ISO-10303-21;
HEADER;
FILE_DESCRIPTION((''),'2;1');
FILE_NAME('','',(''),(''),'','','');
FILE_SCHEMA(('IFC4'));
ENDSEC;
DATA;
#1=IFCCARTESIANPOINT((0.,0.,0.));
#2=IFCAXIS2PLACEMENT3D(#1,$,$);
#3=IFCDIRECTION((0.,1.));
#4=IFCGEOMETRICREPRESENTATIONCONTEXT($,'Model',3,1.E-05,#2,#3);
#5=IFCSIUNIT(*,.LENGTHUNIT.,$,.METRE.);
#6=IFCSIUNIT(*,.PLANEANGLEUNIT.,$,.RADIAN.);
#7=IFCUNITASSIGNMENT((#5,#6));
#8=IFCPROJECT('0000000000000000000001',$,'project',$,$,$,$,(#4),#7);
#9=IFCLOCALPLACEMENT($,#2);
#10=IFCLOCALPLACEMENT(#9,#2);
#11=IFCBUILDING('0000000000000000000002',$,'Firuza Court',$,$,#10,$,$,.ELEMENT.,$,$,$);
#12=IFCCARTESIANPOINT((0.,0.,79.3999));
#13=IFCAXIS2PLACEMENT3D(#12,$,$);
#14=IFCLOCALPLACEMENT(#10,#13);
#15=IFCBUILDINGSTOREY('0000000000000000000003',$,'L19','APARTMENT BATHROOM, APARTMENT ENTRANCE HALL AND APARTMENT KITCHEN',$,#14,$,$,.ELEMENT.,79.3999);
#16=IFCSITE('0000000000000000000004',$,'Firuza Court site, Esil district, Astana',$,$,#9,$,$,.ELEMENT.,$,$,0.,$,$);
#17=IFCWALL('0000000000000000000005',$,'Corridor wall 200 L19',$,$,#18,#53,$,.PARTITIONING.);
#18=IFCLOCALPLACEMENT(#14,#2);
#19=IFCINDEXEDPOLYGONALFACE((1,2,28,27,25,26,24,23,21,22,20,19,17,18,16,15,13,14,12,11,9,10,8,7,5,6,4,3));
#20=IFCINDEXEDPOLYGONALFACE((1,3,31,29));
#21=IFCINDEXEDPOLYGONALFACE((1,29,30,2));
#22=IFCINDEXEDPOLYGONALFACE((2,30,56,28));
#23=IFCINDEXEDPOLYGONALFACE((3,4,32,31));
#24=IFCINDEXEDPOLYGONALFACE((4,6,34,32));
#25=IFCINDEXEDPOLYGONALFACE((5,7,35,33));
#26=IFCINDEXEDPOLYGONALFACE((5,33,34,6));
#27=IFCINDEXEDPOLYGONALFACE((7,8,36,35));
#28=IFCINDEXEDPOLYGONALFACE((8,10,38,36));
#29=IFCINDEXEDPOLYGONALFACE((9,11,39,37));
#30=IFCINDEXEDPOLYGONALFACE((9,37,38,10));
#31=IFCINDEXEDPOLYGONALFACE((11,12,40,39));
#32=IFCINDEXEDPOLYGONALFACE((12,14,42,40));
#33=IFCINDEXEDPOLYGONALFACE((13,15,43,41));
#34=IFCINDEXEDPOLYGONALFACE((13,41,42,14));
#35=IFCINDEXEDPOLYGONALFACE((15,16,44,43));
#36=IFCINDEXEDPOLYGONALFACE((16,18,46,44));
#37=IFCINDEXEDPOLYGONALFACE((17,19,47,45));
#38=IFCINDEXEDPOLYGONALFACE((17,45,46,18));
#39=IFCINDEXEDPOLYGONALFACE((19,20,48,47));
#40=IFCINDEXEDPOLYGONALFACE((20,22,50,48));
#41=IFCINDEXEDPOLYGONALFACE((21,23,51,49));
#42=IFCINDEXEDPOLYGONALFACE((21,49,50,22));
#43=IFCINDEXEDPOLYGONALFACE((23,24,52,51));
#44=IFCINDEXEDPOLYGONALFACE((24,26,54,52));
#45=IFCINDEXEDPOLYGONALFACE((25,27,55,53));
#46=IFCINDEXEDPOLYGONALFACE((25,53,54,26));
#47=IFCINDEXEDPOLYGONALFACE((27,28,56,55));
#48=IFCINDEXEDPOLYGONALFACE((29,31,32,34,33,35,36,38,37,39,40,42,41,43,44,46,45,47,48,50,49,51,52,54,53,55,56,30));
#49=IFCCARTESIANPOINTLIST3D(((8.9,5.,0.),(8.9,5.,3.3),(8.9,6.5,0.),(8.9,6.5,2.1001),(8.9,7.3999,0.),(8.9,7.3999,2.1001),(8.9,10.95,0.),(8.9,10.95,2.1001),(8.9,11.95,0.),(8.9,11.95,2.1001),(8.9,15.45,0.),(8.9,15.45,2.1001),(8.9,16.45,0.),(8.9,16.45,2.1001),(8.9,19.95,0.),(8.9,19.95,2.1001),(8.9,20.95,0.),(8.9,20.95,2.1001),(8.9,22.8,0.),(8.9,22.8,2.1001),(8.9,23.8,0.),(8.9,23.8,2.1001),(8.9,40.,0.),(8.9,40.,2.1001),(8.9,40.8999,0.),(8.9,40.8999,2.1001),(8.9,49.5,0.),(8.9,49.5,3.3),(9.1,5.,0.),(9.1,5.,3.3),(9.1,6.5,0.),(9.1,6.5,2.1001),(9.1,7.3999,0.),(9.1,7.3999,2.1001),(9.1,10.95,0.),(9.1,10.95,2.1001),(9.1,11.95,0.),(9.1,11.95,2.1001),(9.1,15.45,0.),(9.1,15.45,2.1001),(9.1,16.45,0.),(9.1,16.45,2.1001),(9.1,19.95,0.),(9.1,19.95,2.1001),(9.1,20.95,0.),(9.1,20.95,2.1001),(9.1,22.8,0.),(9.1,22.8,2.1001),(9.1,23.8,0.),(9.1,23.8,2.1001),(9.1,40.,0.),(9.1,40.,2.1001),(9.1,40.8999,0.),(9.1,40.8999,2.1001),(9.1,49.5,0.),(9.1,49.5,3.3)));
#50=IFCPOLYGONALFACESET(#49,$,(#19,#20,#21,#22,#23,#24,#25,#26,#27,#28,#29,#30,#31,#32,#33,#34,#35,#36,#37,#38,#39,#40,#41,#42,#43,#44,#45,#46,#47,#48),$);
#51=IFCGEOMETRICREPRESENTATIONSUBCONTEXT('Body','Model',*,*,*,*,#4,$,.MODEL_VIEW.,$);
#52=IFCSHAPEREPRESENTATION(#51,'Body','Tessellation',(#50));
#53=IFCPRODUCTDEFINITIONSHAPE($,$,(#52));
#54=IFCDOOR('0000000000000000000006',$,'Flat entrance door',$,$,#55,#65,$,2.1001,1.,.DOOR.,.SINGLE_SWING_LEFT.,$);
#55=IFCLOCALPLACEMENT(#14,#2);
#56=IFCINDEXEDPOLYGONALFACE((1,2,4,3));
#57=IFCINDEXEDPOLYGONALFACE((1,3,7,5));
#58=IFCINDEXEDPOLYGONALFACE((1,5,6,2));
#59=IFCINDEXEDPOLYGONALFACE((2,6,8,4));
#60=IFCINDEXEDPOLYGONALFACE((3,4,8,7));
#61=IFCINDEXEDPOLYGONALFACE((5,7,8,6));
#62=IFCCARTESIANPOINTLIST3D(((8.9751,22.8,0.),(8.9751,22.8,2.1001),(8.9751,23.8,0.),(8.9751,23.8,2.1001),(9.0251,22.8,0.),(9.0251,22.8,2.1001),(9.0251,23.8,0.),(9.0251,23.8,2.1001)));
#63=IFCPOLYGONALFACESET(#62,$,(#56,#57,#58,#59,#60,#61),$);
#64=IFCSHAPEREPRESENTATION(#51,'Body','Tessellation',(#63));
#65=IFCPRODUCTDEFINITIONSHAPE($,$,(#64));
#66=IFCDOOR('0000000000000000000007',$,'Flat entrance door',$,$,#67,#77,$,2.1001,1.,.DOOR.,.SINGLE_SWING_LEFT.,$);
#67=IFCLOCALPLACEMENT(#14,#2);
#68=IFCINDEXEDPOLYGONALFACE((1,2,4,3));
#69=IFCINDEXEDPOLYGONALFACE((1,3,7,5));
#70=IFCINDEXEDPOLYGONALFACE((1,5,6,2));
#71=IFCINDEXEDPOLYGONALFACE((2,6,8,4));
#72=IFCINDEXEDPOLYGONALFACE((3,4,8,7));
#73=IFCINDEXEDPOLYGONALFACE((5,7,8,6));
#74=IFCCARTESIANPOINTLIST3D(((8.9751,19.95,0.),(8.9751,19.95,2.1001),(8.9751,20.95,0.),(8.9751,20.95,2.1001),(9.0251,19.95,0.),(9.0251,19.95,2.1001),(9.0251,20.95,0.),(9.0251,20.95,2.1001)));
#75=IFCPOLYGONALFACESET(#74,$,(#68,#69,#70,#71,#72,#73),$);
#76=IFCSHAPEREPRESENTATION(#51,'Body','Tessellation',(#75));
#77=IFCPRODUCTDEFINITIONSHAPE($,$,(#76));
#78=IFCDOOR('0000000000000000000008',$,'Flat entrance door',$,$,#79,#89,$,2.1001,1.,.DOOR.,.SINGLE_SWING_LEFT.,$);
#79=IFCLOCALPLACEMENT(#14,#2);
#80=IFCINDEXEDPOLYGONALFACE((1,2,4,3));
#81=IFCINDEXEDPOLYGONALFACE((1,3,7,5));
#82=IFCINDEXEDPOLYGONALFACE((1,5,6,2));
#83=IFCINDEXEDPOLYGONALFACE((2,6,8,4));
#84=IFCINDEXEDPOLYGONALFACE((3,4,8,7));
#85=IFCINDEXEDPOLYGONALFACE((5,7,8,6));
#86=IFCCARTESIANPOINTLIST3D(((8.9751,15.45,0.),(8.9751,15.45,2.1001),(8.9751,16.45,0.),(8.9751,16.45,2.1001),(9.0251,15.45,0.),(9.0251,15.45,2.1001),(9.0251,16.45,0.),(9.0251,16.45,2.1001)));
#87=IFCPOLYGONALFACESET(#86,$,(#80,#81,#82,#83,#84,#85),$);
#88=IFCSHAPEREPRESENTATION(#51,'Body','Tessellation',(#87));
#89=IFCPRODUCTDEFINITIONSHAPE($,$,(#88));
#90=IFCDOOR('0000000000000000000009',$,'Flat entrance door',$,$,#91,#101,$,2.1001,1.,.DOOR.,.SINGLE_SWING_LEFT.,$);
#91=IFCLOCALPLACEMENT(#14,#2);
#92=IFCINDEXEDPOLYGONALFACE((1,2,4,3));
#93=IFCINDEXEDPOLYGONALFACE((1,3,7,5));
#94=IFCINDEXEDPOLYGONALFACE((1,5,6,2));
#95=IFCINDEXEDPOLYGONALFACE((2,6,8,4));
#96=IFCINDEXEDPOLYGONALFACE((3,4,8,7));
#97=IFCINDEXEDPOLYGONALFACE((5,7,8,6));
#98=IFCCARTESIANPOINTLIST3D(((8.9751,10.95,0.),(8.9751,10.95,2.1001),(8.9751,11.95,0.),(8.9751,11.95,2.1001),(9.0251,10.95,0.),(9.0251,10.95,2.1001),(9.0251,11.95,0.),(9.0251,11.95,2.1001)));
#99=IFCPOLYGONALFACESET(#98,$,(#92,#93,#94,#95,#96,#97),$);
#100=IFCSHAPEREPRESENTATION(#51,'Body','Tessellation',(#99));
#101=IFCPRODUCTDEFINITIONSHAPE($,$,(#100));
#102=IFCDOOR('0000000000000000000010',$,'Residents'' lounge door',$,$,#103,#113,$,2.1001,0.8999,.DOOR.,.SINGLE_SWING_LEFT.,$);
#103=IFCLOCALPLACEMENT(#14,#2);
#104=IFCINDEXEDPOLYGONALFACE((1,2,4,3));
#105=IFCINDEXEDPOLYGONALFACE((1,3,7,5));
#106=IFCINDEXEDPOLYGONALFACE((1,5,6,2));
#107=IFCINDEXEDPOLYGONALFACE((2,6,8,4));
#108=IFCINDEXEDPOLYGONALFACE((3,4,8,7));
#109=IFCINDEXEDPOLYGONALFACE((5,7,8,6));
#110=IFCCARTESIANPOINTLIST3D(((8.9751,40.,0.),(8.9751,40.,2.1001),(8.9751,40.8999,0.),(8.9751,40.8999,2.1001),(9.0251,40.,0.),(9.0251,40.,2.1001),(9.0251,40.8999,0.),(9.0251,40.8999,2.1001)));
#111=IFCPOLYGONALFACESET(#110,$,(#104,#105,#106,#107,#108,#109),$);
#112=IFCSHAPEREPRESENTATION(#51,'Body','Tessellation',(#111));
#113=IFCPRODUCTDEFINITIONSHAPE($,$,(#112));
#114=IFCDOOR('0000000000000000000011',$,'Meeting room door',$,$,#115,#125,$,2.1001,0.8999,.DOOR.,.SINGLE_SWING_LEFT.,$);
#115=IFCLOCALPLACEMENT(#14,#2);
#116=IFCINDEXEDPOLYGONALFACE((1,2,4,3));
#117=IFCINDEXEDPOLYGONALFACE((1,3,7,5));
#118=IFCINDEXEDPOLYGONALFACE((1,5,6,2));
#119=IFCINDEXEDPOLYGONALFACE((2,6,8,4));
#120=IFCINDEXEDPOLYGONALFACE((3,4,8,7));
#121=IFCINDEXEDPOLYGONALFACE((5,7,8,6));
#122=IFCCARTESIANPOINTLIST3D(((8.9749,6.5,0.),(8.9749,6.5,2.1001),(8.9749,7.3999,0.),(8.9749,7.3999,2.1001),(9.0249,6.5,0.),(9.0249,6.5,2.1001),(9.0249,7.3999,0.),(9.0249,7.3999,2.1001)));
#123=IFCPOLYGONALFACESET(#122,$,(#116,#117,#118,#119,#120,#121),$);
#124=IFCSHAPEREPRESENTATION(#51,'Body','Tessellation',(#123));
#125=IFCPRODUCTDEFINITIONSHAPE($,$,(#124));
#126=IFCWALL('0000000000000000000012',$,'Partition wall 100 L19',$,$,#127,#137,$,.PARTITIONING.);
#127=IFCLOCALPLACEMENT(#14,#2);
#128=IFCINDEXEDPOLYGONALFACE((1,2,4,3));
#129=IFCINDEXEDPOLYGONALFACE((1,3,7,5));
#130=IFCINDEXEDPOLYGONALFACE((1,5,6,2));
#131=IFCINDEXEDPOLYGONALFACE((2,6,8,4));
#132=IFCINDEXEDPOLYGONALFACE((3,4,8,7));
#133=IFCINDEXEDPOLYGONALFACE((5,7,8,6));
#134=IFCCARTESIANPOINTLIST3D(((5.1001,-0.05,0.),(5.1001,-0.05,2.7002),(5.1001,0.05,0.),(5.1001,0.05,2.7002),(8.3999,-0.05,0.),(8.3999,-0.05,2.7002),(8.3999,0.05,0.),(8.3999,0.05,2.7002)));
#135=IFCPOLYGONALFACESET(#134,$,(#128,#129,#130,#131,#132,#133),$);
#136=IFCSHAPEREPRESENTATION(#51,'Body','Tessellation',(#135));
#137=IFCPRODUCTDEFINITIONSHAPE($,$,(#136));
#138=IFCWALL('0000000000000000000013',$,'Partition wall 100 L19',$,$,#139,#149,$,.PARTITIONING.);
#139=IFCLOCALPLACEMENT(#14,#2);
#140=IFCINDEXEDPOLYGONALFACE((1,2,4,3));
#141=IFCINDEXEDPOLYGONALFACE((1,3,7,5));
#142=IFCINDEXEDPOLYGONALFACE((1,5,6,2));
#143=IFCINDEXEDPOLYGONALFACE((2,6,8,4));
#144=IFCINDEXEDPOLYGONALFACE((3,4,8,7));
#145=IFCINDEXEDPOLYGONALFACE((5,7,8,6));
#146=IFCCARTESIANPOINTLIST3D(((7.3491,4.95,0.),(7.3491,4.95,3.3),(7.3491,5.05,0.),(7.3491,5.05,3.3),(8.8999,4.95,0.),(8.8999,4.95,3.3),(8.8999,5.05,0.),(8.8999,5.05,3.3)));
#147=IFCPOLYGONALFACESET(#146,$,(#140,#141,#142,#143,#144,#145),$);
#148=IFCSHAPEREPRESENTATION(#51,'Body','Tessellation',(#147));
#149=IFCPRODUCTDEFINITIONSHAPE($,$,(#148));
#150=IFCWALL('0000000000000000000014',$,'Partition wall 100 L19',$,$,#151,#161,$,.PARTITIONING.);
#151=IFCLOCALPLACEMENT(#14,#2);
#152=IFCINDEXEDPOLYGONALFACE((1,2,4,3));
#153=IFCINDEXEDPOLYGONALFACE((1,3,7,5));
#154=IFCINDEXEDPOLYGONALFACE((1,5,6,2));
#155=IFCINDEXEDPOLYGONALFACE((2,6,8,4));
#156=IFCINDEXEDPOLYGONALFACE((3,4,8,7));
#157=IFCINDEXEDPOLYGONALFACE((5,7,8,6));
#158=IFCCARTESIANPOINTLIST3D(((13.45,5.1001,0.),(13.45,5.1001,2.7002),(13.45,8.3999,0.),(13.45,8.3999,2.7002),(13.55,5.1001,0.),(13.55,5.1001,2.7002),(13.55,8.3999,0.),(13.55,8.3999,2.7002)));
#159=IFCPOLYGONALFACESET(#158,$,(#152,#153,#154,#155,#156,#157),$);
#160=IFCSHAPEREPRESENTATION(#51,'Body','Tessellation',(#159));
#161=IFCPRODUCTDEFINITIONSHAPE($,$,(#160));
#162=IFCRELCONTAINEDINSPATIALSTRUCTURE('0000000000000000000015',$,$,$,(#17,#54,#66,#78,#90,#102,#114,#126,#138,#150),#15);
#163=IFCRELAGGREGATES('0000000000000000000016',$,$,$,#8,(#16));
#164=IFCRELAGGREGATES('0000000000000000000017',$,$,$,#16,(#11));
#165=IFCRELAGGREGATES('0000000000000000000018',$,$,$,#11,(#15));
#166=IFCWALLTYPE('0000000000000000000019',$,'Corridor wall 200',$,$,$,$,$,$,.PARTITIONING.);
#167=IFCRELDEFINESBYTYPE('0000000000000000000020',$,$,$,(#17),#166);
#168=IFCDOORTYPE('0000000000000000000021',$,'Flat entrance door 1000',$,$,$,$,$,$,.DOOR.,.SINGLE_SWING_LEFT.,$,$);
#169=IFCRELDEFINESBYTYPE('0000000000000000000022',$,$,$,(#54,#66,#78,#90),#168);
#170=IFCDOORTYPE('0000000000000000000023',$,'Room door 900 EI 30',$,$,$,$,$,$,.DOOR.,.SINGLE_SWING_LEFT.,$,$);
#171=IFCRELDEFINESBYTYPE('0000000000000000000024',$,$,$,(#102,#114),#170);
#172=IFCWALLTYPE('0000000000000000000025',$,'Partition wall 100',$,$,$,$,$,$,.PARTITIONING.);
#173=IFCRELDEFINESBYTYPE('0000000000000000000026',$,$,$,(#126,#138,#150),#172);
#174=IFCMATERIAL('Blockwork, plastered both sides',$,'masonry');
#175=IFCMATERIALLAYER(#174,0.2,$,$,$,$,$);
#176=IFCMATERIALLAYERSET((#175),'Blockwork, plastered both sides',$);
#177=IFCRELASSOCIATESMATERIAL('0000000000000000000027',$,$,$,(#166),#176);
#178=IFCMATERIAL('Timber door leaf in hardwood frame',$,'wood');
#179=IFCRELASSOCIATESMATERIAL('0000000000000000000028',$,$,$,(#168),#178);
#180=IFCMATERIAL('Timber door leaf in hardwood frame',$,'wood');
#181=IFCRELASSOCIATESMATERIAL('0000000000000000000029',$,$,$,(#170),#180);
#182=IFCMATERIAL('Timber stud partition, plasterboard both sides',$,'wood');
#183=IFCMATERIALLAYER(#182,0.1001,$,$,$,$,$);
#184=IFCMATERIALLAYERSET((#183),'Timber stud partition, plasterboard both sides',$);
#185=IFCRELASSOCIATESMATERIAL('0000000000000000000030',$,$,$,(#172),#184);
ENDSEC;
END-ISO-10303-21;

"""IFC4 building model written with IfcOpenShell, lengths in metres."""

from ifc_helpers import new_model, si_unit, direction, frame, frame_2d, origin, place, context, subcontext, project, spatial, rectangle, extrude, material, layer, layer_set, type_object, element, fill, save


model = new_model("IFC4")

# Units and contexts
model_context = context("Model", 3, precision=1e-05, world=origin(), true_north=direction((0.0, 1.0)))
body_context = subcontext(model_context, "Body", "Model", "MODEL_VIEW")
ifc_project = project(units=[si_unit("LENGTHUNIT", "METRE"), si_unit("PLANEANGLEUNIT", "RADIAN")], contexts=[model_context])

# Site, building, storey
site_placement = place(None, origin())
site = spatial("IfcSite", under=ifc_project, at=site_placement, Name="Firuza Court site, Esil district, Astana", CompositionType="ELEMENT", RefElevation=0.0)
building_placement = place(site_placement, origin())
building = spatial("IfcBuilding", under=site, at=building_placement, Name="Firuza Court", CompositionType="ELEMENT")
storey_placement = place(building_placement, frame((0.0, 0.0, 79.3999)))
storey = spatial("IfcBuildingStorey", under=building, at=storey_placement, Name="L19", Description="APARTMENT BATHROOM, APARTMENT ENTRANCE HALL AND APARTMENT KITCHEN", CompositionType="ELEMENT", Elevation=79.3999)

# Wall, openings, doors
ifc_material_1 = material(Name="Blockwork, plastered both sides", Category="masonry")
ifc_layer_1 = layer(ifc_material_1, 0.2)
ifc_layer_set_1 = layer_set([ifc_layer_1], Name="Blockwork, plastered both sides")
wall_type_1 = type_object("IfcWallType", Name="Corridor wall 200", PredefinedType="PARTITIONING", material=ifc_layer_set_1)
wall_1_placement = place(storey_placement, frame((9.0, 5.0, 0.0), z_axis=(0.0, 0.0, 1.0), x_axis=(0.0, 1.0, 0.0)))
wall_1 = element("IfcWall", 1, at=wall_1_placement, inside=storey, type_object=wall_type_1, Name="Corridor wall 200 L19", PredefinedType="PARTITIONING", context=body_context, shape_type="SweptSolid", body=[
    extrude(rectangle(XDim=44.5, YDim=0.2, at=frame_2d((22.25, 0.0))), origin(), (0.0, 0.0, 1.0), 3.3),
])
opening_1_placement = place(wall_1_placement, frame((17.8, 0.0, 0.0)))
opening_1 = element("IfcOpeningElement", 2, at=opening_1_placement, cuts=wall_1, PredefinedType="OPENING", context=body_context, shape_type="SweptSolid", body=[
    extrude(rectangle(XDim=1.0, YDim=2.1001, at=frame_2d((0.5, 1.05))), frame((0.0, 0.1118, 0.0), z_axis=(0.0, -1.0, 0.0), x_axis=(1.0, 0.0, 0.0)), (0.0, 0.0, 1.0), 0.2239),
])
opening_2_placement = place(wall_1_placement, frame((14.95, 0.0, 0.0)))
opening_2 = element("IfcOpeningElement", 3, at=opening_2_placement, cuts=wall_1, PredefinedType="OPENING", context=body_context, shape_type="SweptSolid", body=[
    extrude(rectangle(XDim=1.0, YDim=2.1001, at=frame_2d((0.5, 1.05))), frame((0.0, 0.1118, 0.0), z_axis=(0.0, -1.0, 0.0), x_axis=(1.0, 0.0, 0.0)), (0.0, 0.0, 1.0), 0.2239),
])
opening_3_placement = place(wall_1_placement, frame((10.45, 0.0, 0.0)))
opening_3 = element("IfcOpeningElement", 4, at=opening_3_placement, cuts=wall_1, PredefinedType="OPENING", context=body_context, shape_type="SweptSolid", body=[
    extrude(rectangle(XDim=1.0, YDim=2.1001, at=frame_2d((0.5, 1.05))), frame((0.0, 0.1118, 0.0), z_axis=(0.0, -1.0, 0.0), x_axis=(1.0, 0.0, 0.0)), (0.0, 0.0, 1.0), 0.2239),
])
opening_4_placement = place(wall_1_placement, frame((5.95, 0.0, 0.0)))
opening_4 = element("IfcOpeningElement", 5, at=opening_4_placement, cuts=wall_1, PredefinedType="OPENING", context=body_context, shape_type="SweptSolid", body=[
    extrude(rectangle(XDim=1.0, YDim=2.1001, at=frame_2d((0.5, 1.05))), frame((0.0, 0.1118, 0.0), z_axis=(0.0, -1.0, 0.0), x_axis=(1.0, 0.0, 0.0)), (0.0, 0.0, 1.0), 0.2239),
])
opening_5_placement = place(wall_1_placement, frame((35.0, 0.0, 0.0)))
opening_5 = element("IfcOpeningElement", 6, at=opening_5_placement, cuts=wall_1, PredefinedType="OPENING", context=body_context, shape_type="SweptSolid", body=[
    extrude(rectangle(XDim=0.8999, YDim=2.1001, at=frame_2d((0.45, 1.05))), frame((0.0, 0.1118, 0.0), z_axis=(0.0, -1.0, 0.0), x_axis=(1.0, 0.0, 0.0)), (0.0, 0.0, 1.0), 0.2239),
])
opening_6_placement = place(wall_1_placement, frame((1.5, 0.0, 0.0)))
opening_6 = element("IfcOpeningElement", 7, at=opening_6_placement, cuts=wall_1, PredefinedType="OPENING", context=body_context, shape_type="SweptSolid", body=[
    extrude(rectangle(XDim=0.8999, YDim=2.1001, at=frame_2d((0.45, 1.05))), frame((0.0, 0.1118, 0.0), z_axis=(0.0, -1.0, 0.0), x_axis=(1.0, 0.0, 0.0)), (0.0, 0.0, 1.0), 0.2239),
])
ifc_material_2 = material(Name="Timber door leaf in hardwood frame", Category="wood")
door_type_1 = type_object("IfcDoorType", Name="Flat entrance door 1000", OperationType="SINGLE_SWING_LEFT", PredefinedType="DOOR", material=ifc_material_2)
door_1_placement = place(opening_1_placement, origin())
door_1 = element("IfcDoor", 8, at=door_1_placement, inside=storey, type_object=door_type_1, Name="Flat entrance door", OperationType="SINGLE_SWING_LEFT", OverallHeight=2.1001, OverallWidth=1.0, PredefinedType="DOOR", context=body_context, shape_type="SweptSolid", body=[
    extrude(rectangle(XDim=1.0, YDim=2.1001, at=frame_2d((0.5, 1.05))), frame((0.0, 0.0249, 0.0), z_axis=(0.0, -1.0, 0.0), x_axis=(1.0, 0.0, 0.0)), (0.0, 0.0, 1.0), 0.05),
])
fill(opening_1, door_1)
door_2_placement = place(opening_2_placement, origin())
door_2 = element("IfcDoor", 9, at=door_2_placement, inside=storey, type_object=door_type_1, Name="Flat entrance door", OperationType="SINGLE_SWING_LEFT", OverallHeight=2.1001, OverallWidth=1.0, PredefinedType="DOOR", context=body_context, shape_type="SweptSolid", body=[
    extrude(rectangle(XDim=1.0, YDim=2.1001, at=frame_2d((0.5, 1.05))), frame((0.0, 0.0249, 0.0), z_axis=(0.0, -1.0, 0.0), x_axis=(1.0, 0.0, 0.0)), (0.0, 0.0, 1.0), 0.05),
])
fill(opening_2, door_2)
door_3_placement = place(opening_3_placement, origin())
door_3 = element("IfcDoor", 10, at=door_3_placement, inside=storey, type_object=door_type_1, Name="Flat entrance door", OperationType="SINGLE_SWING_LEFT", OverallHeight=2.1001, OverallWidth=1.0, PredefinedType="DOOR", context=body_context, shape_type="SweptSolid", body=[
    extrude(rectangle(XDim=1.0, YDim=2.1001, at=frame_2d((0.5, 1.05))), frame((0.0, 0.0249, 0.0), z_axis=(0.0, -1.0, 0.0), x_axis=(1.0, 0.0, 0.0)), (0.0, 0.0, 1.0), 0.05),
])
fill(opening_3, door_3)
door_4_placement = place(opening_4_placement, origin())
door_4 = element("IfcDoor", 11, at=door_4_placement, inside=storey, type_object=door_type_1, Name="Flat entrance door", OperationType="SINGLE_SWING_LEFT", OverallHeight=2.1001, OverallWidth=1.0, PredefinedType="DOOR", context=body_context, shape_type="SweptSolid", body=[
    extrude(rectangle(XDim=1.0, YDim=2.1001, at=frame_2d((0.5, 1.05))), frame((0.0, 0.0249, 0.0), z_axis=(0.0, -1.0, 0.0), x_axis=(1.0, 0.0, 0.0)), (0.0, 0.0, 1.0), 0.05),
])
fill(opening_4, door_4)
ifc_material_3 = material(Name="Timber door leaf in hardwood frame", Category="wood")
door_type_2 = type_object("IfcDoorType", Name="Room door 900 EI 30", OperationType="SINGLE_SWING_LEFT", PredefinedType="DOOR", material=ifc_material_3)
door_5_placement = place(opening_5_placement, origin())
door_5 = element("IfcDoor", 12, at=door_5_placement, inside=storey, type_object=door_type_2, Name="Residents' lounge door", OperationType="SINGLE_SWING_LEFT", OverallHeight=2.1001, OverallWidth=0.8999, PredefinedType="DOOR", context=body_context, shape_type="SweptSolid", body=[
    extrude(rectangle(XDim=0.8999, YDim=2.1001, at=frame_2d((0.45, 1.05))), frame((0.0, 0.0249, 0.0), z_axis=(0.0, -1.0, 0.0), x_axis=(1.0, 0.0, 0.0)), (0.0, 0.0, 1.0), 0.05),
])
fill(opening_5, door_5)
door_6_placement = place(opening_6_placement, frame((0.8999, 0.0, 0.0), z_axis=(0.0, 0.0, 1.0), x_axis=(-1.0, 0.0, 0.0)))
door_6 = element("IfcDoor", 13, at=door_6_placement, inside=storey, type_object=door_type_2, Name="Meeting room door", OperationType="SINGLE_SWING_LEFT", OverallHeight=2.1001, OverallWidth=0.8999, PredefinedType="DOOR", context=body_context, shape_type="SweptSolid", body=[
    extrude(rectangle(XDim=0.8999, YDim=2.1001, at=frame_2d((0.45, 1.05))), frame((0.0, 0.0249, 0.0), z_axis=(0.0, -1.0, 0.0), x_axis=(1.0, 0.0, 0.0)), (0.0, 0.0, 1.0), 0.05),
])
fill(opening_6, door_6)

# Walls
ifc_material_4 = material(Name="Timber stud partition, plasterboard both sides", Category="wood")
ifc_layer_2 = layer(ifc_material_4, 0.1001)
ifc_layer_set_2 = layer_set([ifc_layer_2], Name="Timber stud partition, plasterboard both sides")
wall_type_2 = type_object("IfcWallType", Name="Partition wall 100", PredefinedType="PARTITIONING", material=ifc_layer_set_2)
wall_2_placement = place(storey_placement, frame((5.1001, 0.0, 0.0), z_axis=(0.0, 0.0, 1.0), x_axis=(1.0, 0.0, 0.0)))
element("IfcWall", 14, at=wall_2_placement, inside=storey, type_object=wall_type_2, Name="Partition wall 100 L19", PredefinedType="PARTITIONING", context=body_context, shape_type="SweptSolid", body=[
    extrude(rectangle(XDim=3.2998, YDim=0.1001, at=frame_2d((1.6499, 0.0))), origin(), (0.0, 0.0, 1.0), 2.7002),
])
wall_3_placement = place(storey_placement, frame((7.3491, 5.0, 0.0), z_axis=(0.0, 0.0, 1.0), x_axis=(1.0, 0.0, 0.0)))
element("IfcWall", 15, at=wall_3_placement, inside=storey, type_object=wall_type_2, Name="Partition wall 100 L19", PredefinedType="PARTITIONING", context=body_context, shape_type="SweptSolid", body=[
    extrude(rectangle(XDim=1.5508, YDim=0.1001, at=frame_2d((0.7754, 0.0))), origin(), (0.0, 0.0, 1.0), 3.3),
])
wall_4_placement = place(storey_placement, frame((13.5, 5.1001, 0.0), z_axis=(0.0, 0.0, 1.0), x_axis=(0.0, 1.0, 0.0)))
element("IfcWall", 16, at=wall_4_placement, inside=storey, type_object=wall_type_2, Name="Partition wall 100 L19", PredefinedType="PARTITIONING", context=body_context, shape_type="SweptSolid", body=[
    extrude(rectangle(XDim=3.2998, YDim=0.1001, at=frame_2d((1.6499, 0.0))), origin(), (0.0, 0.0, 1.0), 2.7002),
])

save(model, "model.ifc")
